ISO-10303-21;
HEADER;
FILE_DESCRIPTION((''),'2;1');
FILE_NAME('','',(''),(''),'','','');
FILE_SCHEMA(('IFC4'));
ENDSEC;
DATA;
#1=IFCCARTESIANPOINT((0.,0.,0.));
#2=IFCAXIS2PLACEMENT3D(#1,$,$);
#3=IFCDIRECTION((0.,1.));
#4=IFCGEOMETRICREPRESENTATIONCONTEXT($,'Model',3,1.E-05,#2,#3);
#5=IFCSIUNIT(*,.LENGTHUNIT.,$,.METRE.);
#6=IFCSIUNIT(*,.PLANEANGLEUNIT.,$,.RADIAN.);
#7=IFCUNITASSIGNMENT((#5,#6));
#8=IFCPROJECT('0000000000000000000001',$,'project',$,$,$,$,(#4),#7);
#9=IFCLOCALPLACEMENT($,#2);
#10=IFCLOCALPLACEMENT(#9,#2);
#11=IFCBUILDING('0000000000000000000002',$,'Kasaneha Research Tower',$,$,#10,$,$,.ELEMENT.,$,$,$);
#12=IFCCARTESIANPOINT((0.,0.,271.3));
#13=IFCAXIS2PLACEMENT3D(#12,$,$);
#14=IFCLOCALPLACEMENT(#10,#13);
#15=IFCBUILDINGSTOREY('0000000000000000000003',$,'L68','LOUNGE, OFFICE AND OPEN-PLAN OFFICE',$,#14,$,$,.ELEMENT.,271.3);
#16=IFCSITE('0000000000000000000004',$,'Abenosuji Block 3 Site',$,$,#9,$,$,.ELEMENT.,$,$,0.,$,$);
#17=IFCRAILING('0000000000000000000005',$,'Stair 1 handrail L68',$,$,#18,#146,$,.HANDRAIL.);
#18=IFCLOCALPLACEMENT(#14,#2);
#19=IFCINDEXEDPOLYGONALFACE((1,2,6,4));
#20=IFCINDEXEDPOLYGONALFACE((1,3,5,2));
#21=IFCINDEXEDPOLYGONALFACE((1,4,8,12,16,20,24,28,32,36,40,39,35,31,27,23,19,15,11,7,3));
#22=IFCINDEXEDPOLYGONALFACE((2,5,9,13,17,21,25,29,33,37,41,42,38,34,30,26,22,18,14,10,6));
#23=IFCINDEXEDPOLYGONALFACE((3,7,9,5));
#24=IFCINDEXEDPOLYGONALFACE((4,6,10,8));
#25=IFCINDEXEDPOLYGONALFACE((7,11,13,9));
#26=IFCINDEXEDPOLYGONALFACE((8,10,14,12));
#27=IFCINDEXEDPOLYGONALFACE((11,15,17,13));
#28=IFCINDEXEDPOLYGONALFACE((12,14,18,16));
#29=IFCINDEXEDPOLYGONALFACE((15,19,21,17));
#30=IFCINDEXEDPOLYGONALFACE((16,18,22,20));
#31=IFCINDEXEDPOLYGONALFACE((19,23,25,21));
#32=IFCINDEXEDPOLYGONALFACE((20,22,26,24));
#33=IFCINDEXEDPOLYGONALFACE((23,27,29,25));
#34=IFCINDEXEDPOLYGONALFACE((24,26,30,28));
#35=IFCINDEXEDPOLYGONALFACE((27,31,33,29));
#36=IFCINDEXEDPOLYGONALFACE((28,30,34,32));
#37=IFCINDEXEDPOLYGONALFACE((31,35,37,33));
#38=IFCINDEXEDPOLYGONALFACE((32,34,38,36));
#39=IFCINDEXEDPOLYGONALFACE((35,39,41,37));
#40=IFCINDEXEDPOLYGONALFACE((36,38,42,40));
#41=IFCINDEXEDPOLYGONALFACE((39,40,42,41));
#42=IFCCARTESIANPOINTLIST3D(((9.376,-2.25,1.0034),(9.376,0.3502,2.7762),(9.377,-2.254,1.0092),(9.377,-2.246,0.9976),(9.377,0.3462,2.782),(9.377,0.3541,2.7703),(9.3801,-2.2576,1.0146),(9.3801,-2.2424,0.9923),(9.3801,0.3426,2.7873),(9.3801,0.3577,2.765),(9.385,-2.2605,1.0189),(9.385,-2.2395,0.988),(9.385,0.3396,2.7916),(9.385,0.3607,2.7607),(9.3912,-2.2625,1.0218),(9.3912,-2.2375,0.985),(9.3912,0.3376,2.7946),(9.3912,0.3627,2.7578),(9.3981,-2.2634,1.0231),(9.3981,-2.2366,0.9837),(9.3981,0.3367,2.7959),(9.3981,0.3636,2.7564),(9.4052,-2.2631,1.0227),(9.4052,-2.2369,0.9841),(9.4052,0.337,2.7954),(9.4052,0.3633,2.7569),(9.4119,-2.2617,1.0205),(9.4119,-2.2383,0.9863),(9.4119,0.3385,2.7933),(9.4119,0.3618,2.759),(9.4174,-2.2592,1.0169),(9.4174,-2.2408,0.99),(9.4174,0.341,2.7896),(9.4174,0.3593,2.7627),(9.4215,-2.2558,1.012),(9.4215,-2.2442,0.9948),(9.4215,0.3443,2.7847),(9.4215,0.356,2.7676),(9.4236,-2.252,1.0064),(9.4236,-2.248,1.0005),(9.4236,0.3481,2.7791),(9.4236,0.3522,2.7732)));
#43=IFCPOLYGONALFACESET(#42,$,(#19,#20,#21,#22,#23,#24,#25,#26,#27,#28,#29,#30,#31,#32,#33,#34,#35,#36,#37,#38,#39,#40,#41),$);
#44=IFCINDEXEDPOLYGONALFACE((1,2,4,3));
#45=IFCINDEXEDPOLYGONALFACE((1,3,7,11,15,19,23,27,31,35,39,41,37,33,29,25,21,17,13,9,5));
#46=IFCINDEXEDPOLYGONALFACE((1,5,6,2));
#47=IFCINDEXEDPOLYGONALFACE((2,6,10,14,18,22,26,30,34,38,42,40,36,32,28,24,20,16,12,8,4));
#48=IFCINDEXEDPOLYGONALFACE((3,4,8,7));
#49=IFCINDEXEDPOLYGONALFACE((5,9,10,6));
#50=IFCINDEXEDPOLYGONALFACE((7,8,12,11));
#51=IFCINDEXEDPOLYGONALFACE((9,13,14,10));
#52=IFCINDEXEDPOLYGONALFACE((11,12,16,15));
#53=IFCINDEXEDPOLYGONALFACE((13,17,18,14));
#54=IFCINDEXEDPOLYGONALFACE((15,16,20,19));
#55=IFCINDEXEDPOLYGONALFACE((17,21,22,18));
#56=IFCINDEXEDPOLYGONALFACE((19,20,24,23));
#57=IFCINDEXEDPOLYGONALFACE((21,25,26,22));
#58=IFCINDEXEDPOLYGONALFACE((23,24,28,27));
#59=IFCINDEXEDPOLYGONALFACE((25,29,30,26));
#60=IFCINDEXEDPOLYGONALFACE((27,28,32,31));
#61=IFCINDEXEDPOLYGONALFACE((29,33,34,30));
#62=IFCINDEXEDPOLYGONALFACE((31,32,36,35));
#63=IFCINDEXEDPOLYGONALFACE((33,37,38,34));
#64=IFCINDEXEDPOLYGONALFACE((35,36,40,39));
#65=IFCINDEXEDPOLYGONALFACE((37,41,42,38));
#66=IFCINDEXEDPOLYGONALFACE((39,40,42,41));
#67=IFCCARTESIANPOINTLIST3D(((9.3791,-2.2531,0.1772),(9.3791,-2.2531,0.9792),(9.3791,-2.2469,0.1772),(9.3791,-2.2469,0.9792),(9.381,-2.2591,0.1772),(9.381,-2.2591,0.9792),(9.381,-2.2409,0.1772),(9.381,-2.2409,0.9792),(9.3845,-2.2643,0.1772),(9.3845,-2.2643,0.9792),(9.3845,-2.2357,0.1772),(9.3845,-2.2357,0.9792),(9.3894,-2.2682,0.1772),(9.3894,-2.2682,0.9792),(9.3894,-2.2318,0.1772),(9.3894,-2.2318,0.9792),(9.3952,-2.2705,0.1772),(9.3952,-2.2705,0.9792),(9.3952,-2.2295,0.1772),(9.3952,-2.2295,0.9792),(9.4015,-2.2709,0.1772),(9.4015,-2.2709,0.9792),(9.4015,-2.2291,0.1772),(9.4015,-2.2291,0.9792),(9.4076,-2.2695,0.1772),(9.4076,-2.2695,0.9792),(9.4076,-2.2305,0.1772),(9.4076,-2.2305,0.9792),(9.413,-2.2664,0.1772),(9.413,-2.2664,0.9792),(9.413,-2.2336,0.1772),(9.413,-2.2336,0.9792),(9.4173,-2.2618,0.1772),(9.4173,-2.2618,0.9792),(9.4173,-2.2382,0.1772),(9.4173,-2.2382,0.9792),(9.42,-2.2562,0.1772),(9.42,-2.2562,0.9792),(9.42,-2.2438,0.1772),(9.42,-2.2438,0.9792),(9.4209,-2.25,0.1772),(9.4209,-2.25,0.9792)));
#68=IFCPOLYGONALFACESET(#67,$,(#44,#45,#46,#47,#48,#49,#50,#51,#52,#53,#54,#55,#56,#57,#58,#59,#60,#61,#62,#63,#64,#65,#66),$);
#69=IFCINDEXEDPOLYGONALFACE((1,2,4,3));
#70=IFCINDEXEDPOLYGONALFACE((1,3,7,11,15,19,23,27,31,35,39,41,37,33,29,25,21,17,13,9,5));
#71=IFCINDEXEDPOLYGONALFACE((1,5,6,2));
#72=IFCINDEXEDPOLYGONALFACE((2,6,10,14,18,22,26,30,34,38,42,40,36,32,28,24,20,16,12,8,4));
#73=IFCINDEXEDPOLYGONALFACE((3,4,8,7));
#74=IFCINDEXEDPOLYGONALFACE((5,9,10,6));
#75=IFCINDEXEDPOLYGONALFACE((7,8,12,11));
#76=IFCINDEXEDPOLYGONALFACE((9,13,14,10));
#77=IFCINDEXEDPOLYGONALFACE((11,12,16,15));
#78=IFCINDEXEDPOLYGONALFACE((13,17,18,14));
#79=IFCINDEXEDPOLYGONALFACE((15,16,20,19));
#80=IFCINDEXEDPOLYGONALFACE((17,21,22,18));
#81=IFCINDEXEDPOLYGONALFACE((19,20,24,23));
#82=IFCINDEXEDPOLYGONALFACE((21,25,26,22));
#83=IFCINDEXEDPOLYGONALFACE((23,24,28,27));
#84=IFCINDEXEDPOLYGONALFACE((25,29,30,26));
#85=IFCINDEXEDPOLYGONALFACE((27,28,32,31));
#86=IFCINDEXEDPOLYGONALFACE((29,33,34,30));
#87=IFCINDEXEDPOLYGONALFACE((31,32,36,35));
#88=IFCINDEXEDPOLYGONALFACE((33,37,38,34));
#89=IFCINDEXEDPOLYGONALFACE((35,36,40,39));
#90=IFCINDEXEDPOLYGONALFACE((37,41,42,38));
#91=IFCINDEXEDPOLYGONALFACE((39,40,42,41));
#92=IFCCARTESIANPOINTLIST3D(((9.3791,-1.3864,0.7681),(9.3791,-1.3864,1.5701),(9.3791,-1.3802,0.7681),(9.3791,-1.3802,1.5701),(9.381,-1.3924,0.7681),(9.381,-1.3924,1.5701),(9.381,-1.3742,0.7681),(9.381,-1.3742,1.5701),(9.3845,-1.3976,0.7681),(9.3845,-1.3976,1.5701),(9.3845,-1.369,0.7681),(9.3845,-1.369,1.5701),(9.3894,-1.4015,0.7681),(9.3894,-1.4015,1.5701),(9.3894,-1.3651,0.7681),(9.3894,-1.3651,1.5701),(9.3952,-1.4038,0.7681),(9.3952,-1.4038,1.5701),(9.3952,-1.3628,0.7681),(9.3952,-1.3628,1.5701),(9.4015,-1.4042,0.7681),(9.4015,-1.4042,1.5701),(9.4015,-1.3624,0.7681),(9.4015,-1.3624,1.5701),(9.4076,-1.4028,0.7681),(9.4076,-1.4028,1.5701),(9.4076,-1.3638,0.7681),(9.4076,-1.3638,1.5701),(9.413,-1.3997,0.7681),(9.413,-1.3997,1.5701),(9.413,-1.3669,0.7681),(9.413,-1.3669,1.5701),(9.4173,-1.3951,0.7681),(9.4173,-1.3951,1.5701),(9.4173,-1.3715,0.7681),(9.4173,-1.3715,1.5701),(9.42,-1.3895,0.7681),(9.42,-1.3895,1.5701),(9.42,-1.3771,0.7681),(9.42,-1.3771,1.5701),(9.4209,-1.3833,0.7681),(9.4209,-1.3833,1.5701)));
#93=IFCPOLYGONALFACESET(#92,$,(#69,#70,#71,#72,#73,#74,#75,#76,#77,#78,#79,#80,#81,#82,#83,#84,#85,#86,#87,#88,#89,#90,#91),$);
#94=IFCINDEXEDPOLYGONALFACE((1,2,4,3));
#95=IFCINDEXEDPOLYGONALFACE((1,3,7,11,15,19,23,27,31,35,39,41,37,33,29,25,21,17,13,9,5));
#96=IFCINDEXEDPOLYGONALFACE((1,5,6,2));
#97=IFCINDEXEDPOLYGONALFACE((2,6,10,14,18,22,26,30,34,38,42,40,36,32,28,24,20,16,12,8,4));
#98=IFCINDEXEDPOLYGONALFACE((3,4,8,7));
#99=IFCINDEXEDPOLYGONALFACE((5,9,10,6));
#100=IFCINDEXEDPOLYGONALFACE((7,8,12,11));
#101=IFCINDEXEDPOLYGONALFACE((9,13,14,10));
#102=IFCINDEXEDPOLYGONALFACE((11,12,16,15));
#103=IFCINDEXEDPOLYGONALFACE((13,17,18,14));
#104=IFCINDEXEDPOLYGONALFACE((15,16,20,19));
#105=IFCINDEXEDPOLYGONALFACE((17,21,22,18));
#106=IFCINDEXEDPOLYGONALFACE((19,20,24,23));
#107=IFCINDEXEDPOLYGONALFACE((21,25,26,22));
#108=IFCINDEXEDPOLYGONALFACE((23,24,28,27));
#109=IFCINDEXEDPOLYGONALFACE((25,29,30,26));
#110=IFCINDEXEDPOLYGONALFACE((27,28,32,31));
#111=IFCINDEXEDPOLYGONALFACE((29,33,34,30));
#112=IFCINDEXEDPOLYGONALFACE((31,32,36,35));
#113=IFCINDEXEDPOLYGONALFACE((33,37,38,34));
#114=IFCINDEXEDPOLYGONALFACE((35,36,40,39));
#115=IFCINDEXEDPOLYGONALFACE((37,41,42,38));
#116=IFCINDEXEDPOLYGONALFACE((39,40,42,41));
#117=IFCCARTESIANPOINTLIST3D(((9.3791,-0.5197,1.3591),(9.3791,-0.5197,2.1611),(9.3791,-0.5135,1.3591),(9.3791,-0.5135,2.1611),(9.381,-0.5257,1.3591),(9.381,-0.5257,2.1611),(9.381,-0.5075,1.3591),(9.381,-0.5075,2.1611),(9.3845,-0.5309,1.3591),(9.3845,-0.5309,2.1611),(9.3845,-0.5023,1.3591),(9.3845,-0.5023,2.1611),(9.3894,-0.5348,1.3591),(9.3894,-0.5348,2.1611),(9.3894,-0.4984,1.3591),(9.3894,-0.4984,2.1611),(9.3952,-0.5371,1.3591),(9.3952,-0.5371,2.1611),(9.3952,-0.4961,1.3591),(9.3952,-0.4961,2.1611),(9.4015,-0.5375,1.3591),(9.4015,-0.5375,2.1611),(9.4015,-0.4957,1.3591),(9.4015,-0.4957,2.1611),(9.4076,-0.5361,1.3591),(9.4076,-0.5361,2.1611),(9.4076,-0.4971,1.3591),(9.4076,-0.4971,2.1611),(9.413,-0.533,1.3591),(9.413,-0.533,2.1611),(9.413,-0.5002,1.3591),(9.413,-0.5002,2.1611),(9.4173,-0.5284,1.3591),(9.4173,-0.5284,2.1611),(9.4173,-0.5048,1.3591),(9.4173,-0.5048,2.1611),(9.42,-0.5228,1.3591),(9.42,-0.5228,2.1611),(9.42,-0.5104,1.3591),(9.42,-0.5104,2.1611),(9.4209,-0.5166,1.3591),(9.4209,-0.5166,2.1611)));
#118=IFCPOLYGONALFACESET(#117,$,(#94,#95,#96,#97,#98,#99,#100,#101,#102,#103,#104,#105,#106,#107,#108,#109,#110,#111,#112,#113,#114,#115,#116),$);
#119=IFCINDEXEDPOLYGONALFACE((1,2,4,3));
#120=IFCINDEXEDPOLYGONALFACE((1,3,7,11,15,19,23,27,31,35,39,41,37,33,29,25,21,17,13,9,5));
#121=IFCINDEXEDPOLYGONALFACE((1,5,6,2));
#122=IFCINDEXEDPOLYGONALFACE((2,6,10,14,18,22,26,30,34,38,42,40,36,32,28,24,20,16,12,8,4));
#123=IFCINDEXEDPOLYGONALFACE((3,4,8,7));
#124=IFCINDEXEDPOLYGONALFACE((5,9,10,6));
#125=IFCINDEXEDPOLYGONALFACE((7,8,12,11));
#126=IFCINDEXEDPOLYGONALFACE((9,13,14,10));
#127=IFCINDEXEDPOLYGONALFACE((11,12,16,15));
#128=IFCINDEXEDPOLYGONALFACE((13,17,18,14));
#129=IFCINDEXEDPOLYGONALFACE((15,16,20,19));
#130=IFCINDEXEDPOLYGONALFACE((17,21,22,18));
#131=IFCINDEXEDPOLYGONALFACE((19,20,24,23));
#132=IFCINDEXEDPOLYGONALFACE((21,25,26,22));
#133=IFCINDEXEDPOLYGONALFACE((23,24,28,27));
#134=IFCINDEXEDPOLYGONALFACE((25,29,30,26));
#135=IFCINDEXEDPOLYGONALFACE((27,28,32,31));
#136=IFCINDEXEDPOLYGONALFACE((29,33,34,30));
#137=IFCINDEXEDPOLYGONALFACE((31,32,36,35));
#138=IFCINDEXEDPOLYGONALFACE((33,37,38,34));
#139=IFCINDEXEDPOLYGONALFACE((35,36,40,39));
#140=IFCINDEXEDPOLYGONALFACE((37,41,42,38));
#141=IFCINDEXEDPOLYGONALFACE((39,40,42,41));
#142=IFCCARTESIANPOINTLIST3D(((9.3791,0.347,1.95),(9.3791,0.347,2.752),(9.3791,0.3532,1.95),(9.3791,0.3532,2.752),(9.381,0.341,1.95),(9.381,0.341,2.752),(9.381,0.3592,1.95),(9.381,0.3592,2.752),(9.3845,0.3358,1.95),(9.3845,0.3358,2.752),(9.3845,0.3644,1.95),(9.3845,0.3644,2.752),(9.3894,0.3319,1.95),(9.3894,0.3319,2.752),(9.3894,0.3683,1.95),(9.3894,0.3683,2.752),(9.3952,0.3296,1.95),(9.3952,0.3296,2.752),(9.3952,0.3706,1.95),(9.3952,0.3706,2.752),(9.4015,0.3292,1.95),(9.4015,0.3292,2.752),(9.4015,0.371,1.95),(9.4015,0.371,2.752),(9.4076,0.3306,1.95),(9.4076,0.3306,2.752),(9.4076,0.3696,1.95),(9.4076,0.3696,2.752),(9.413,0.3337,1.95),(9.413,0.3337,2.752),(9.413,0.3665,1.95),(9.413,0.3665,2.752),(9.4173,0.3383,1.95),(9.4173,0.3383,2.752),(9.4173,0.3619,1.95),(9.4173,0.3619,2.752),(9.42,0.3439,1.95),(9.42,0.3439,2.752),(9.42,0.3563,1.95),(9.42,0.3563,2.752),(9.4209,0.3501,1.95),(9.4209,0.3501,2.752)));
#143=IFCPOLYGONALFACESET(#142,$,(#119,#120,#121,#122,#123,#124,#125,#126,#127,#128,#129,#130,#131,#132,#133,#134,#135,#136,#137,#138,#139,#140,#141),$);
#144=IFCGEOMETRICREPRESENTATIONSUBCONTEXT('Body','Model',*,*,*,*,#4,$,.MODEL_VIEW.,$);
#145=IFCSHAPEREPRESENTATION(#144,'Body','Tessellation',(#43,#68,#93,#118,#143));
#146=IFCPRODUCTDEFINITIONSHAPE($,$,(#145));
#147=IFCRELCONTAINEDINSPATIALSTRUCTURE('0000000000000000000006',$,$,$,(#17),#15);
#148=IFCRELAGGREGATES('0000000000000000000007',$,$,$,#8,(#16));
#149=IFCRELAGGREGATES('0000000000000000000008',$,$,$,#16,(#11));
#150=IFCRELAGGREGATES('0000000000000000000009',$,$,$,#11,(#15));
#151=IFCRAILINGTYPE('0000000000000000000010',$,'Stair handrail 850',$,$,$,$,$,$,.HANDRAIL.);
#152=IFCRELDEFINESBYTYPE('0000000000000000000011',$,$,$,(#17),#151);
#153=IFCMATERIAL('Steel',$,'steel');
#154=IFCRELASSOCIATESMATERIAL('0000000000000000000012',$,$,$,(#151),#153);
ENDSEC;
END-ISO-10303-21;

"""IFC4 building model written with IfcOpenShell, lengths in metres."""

from ifc_helpers import new_model, si_unit, direction, frame, origin, origin_2d, place, context, subcontext, project, spatial, circle, extrude, material, type_object, element, save


model = new_model("IFC4")

# Units and contexts
model_context = context("Model", 3, precision=1e-05, world=origin(), true_north=direction((0.0, 1.0)))
body_context = subcontext(model_context, "Body", "Model", "MODEL_VIEW")
ifc_project = project(units=[si_unit("LENGTHUNIT", "METRE"), si_unit("PLANEANGLEUNIT", "RADIAN")], contexts=[model_context])

# Site, building, storey
site_placement = place(None, origin())
site = spatial("IfcSite", under=ifc_project, at=site_placement, Name="Abenosuji Block 3 Site", CompositionType="ELEMENT", RefElevation=0.0)
building_placement = place(site_placement, origin())
building = spatial("IfcBuilding", under=site, at=building_placement, Name="Kasaneha Research Tower", CompositionType="ELEMENT")
storey_placement = place(building_placement, frame((0.0, 0.0, 271.3)))
storey = spatial("IfcBuildingStorey", under=building, at=storey_placement, Name="L68", Description="LOUNGE, OFFICE AND OPEN-PLAN OFFICE", CompositionType="ELEMENT", Elevation=271.3)

# Railing
ifc_material_1 = material(Name="Steel", Category="steel")
railing_type = type_object("IfcRailingType", Name="Stair handrail 850", PredefinedType="HANDRAIL", material=ifc_material_1)
railing_placement = place(storey_placement, frame((9.3999, -2.25, 0.1772)))
element("IfcRailing", 1, at=railing_placement, inside=storey, type_object=railing_type, Name="Stair 1 handrail L68", PredefinedType="HANDRAIL", context=body_context, shape_type="SweptSolid", body=[
    extrude(circle(Radius=0.0239, at=origin_2d()), frame((0.0, 0.0, 0.8262), z_axis=(0.0, 0.82624, 0.563318), x_axis=(-1.0, 0.0, 0.0)), (0.0, 0.0, 1.0), 3.147),
    extrude(circle(Radius=0.021, at=origin_2d()), origin(), (0.0, 0.0, 1.0), 0.802),
    extrude(circle(Radius=0.021, at=origin_2d()), frame((0.0, 0.8667, 0.5908)), (0.0, 0.0, 1.0), 0.802),
    extrude(circle(Radius=0.021, at=origin_2d()), frame((0.0, 1.7334, 1.1819)), (0.0, 0.0, 1.0), 0.802),
    extrude(circle(Radius=0.021, at=origin_2d()), frame((0.0, 2.6001, 1.7727)), (0.0, 0.0, 1.0), 0.802),
])

save(model, "model.ifc")
